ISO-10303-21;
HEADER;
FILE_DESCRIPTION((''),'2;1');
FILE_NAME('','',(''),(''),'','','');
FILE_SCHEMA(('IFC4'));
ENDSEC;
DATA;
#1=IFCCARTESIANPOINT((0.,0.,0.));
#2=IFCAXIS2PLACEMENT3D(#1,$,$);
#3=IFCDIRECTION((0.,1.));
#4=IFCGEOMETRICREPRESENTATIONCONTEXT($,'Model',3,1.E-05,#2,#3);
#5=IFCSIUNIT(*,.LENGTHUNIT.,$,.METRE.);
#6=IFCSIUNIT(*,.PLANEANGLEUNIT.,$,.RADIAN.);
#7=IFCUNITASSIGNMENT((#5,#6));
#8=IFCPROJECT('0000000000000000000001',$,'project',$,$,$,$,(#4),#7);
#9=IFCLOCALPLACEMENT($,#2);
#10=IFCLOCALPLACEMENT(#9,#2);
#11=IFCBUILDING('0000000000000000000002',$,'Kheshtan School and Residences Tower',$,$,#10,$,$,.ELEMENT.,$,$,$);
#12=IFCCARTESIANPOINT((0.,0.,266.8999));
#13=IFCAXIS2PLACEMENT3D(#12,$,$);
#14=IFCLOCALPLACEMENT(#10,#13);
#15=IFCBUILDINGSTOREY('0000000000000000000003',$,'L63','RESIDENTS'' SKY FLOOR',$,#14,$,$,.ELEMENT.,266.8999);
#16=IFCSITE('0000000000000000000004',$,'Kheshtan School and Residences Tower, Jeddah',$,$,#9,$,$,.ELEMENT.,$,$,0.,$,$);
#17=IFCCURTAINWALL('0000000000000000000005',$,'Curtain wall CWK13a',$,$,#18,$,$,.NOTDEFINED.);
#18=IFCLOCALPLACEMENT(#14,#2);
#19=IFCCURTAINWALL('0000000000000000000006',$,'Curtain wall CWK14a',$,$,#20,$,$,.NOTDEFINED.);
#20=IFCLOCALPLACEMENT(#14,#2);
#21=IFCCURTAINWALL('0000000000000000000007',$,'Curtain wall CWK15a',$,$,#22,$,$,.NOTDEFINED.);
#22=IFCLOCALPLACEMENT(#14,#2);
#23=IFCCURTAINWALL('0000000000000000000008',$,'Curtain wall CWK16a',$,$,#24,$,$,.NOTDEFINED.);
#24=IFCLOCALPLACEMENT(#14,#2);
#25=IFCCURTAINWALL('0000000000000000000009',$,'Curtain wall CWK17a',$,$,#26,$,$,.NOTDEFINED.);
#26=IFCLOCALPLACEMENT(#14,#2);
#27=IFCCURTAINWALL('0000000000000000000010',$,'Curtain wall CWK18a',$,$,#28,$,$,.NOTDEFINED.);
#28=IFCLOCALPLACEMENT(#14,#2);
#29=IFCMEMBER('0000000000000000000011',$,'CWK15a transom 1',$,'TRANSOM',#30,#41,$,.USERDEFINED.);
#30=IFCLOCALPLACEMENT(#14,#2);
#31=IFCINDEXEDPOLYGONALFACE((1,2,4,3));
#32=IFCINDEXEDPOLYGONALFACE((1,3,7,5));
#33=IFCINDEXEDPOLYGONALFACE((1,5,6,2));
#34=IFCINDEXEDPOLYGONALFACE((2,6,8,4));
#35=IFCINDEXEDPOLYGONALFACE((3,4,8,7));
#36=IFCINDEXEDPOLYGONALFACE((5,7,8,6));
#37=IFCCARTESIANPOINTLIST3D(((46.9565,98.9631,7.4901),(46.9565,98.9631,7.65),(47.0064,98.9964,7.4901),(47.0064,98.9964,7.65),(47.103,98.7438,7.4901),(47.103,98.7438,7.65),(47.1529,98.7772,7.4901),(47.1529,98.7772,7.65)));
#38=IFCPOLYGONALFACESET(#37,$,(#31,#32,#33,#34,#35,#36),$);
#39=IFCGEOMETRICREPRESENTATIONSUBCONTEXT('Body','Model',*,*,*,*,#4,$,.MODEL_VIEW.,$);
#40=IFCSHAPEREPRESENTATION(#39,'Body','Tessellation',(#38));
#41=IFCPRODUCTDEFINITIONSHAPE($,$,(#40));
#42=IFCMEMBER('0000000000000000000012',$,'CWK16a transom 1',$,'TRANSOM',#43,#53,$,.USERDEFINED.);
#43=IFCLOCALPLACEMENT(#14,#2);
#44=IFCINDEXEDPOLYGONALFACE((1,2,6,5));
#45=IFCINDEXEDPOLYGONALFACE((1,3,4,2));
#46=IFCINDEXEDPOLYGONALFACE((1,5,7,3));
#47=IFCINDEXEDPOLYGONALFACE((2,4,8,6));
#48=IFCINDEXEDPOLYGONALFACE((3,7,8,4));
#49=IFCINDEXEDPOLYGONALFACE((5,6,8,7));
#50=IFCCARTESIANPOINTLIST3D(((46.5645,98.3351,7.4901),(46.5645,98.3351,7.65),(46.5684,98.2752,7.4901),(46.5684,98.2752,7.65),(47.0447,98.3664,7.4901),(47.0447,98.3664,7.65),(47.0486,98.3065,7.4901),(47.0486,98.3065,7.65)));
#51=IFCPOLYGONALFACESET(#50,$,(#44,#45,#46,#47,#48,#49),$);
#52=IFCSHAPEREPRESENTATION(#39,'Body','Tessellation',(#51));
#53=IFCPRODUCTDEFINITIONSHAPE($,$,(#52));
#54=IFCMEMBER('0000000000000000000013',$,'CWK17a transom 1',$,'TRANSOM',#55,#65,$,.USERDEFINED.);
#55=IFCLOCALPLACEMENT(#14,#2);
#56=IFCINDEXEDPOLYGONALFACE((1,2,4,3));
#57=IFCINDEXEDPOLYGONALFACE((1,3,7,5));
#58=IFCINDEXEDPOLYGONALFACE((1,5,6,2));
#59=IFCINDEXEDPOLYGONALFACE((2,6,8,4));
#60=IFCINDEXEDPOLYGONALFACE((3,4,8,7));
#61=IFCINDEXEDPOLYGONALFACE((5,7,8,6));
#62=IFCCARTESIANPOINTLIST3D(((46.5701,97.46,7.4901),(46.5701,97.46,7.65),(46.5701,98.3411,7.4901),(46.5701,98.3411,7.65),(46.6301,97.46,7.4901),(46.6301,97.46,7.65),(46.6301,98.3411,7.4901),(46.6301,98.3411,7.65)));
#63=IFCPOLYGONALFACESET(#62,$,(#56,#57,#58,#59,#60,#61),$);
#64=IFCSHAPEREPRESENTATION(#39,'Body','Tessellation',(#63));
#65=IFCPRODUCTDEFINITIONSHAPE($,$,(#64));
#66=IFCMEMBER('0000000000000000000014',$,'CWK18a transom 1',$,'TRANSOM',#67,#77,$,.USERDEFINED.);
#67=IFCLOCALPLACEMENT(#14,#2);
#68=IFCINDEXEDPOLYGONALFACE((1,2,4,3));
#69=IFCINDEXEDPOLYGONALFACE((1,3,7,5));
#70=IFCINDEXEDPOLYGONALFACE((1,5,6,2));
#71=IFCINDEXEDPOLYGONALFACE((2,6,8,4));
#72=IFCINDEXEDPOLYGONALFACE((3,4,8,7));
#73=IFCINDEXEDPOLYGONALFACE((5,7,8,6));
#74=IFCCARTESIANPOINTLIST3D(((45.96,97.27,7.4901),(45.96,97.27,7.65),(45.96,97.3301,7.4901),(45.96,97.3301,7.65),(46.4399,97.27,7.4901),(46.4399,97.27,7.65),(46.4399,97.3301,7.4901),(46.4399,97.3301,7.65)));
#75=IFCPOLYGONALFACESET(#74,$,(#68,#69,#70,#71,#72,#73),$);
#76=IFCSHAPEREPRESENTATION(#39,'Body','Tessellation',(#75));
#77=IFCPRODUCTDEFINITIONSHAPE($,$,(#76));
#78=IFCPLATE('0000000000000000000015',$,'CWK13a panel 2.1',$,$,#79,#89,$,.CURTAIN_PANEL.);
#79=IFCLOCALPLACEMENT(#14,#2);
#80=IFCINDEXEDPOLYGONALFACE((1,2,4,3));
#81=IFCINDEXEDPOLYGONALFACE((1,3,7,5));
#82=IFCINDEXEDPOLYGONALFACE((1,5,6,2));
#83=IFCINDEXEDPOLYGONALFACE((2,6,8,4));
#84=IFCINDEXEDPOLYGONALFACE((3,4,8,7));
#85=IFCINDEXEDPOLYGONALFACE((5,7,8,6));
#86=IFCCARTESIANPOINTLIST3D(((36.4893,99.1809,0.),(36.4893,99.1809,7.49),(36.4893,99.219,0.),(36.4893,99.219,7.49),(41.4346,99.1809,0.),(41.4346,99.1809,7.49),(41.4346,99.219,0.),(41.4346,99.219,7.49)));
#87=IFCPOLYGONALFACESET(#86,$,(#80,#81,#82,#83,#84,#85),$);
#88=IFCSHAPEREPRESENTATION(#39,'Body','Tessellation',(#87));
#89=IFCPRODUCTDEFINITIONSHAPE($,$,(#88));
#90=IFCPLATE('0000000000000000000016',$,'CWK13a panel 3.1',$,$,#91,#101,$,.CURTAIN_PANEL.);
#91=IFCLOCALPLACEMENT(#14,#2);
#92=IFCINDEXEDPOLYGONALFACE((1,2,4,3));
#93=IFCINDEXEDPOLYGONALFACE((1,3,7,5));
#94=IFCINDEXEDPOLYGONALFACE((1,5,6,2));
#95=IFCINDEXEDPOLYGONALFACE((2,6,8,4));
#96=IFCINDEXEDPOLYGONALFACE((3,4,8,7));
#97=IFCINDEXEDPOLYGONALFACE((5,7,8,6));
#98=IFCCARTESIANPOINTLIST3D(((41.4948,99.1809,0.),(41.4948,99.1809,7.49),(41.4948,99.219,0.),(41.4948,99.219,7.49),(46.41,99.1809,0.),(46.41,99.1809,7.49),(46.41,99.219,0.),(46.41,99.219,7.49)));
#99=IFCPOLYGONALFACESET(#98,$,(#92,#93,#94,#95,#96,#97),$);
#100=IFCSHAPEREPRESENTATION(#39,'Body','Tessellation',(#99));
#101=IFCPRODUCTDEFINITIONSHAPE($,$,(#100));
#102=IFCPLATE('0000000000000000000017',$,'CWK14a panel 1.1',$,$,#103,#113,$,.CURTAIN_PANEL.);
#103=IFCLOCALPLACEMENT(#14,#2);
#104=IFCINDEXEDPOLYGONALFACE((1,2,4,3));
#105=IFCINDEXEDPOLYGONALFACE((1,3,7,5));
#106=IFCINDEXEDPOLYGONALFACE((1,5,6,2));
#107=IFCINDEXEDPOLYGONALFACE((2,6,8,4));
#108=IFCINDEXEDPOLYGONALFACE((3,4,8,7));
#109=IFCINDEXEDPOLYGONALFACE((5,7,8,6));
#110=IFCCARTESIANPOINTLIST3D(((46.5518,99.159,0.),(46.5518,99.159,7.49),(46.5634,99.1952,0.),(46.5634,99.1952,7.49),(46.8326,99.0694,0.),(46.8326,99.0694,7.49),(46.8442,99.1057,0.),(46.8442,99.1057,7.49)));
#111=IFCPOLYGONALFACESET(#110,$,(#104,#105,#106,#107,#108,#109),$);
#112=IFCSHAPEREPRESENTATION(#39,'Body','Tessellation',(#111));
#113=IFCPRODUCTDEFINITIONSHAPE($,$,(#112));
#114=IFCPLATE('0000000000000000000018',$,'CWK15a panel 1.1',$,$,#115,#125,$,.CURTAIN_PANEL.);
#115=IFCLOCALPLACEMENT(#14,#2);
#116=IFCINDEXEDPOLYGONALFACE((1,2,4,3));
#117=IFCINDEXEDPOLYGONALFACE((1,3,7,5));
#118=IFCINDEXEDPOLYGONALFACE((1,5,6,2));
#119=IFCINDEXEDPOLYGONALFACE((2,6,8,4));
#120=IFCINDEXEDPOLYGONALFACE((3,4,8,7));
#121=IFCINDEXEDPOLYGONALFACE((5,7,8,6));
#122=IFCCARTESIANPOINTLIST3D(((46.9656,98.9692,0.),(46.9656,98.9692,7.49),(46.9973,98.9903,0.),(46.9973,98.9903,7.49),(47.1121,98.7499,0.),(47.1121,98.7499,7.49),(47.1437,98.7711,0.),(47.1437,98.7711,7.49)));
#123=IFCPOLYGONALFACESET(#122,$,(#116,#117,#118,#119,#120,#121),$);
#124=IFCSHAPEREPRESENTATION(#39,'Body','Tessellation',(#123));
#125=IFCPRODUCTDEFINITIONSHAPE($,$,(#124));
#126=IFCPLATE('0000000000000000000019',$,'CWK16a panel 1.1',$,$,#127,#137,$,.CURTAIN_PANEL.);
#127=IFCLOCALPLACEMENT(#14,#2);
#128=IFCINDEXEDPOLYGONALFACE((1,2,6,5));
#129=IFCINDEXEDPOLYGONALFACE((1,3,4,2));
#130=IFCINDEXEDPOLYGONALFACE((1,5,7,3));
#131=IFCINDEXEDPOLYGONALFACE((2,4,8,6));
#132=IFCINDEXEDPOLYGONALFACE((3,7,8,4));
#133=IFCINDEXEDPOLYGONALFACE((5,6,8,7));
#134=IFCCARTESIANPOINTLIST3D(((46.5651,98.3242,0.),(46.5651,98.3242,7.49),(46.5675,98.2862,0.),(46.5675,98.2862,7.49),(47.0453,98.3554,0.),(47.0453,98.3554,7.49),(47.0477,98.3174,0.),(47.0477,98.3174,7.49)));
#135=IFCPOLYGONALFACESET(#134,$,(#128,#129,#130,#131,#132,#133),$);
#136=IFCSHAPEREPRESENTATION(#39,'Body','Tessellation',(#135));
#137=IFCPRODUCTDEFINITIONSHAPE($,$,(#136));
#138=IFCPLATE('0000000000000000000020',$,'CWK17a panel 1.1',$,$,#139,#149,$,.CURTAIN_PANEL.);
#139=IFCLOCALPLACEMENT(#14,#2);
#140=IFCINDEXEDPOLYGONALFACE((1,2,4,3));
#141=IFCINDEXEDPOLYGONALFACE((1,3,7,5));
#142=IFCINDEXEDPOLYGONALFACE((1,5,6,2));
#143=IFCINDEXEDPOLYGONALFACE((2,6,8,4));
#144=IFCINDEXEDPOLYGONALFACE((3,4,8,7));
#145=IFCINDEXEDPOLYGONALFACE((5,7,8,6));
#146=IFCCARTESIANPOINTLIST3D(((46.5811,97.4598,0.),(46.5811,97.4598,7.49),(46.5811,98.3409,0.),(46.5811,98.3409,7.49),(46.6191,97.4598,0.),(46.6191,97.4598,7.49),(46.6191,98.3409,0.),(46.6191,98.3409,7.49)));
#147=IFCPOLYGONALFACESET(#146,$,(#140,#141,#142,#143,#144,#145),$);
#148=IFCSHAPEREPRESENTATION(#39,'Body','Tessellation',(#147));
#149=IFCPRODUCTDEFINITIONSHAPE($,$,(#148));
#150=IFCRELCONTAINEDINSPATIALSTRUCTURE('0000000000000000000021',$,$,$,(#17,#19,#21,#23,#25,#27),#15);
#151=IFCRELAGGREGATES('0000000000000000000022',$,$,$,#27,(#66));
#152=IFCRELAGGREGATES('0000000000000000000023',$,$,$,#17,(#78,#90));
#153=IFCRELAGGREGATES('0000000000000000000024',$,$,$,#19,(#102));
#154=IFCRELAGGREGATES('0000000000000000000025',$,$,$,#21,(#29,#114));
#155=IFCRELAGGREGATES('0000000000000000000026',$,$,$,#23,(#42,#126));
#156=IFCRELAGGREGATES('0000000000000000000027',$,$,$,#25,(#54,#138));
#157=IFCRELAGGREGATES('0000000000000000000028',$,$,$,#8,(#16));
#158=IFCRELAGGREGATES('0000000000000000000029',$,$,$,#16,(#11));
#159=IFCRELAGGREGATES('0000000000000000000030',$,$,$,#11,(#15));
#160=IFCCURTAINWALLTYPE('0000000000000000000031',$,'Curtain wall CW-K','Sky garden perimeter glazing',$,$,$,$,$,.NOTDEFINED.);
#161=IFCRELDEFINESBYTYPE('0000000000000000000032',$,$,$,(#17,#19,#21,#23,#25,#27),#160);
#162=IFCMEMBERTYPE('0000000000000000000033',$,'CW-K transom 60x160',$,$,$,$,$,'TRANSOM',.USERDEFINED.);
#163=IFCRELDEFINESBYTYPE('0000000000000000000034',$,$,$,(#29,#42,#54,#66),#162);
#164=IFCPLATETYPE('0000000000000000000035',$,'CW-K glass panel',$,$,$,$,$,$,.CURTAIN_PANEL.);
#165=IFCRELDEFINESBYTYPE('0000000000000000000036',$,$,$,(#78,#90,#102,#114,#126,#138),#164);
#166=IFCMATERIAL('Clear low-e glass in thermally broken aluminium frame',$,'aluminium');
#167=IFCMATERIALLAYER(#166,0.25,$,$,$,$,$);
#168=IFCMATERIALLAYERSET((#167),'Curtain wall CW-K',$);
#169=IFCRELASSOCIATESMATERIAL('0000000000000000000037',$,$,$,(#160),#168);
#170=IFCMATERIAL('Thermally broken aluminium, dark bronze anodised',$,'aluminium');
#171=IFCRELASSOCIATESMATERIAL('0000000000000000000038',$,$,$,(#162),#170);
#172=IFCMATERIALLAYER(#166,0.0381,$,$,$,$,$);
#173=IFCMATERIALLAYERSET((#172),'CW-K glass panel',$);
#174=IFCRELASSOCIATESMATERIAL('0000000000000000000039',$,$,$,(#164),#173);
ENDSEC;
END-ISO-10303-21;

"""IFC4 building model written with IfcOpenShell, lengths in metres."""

from ifc_helpers import new_model, si_unit, direction, frame, origin, origin_2d, place, context, subcontext, project, spatial, rectangle, extrude, material, layer, layer_set, material_profile, profile_set, type_object, element, aggregate, save


model = new_model("IFC4")

# Units and contexts
model_context = context("Model", 3, precision=1e-05, world=origin(), true_north=direction((0.0, 1.0)))
body_context = subcontext(model_context, "Body", "Model", "MODEL_VIEW")
ifc_project = project(units=[si_unit("LENGTHUNIT", "METRE"), si_unit("PLANEANGLEUNIT", "RADIAN")], contexts=[model_context])

# Site, building, storey
site_placement = place(None, origin())
site = spatial("IfcSite", under=ifc_project, at=site_placement, Name="Kheshtan School and Residences Tower, Jeddah", CompositionType="ELEMENT", RefElevation=0.0)
building_placement = place(site_placement, origin())
building = spatial("IfcBuilding", under=site, at=building_placement, Name="Kheshtan School and Residences Tower", CompositionType="ELEMENT")
storey_placement = place(building_placement, frame((0.0, 0.0, 266.8999)))
storey = spatial("IfcBuildingStorey", under=building, at=storey_placement, Name="L63", Description="RESIDENTS' SKY FLOOR", CompositionType="ELEMENT", Elevation=266.8999)

# Curtain walls
ifc_material_1 = material(Name="Clear low-e glass in thermally broken aluminium frame", Category="aluminium")
ifc_material_2 = material(Name="Thermally broken aluminium, dark bronze anodised", Category="aluminium")
ifc_layer_1 = layer(ifc_material_1, 0.25)
ifc_layer_set_1 = layer_set([ifc_layer_1], Name="Curtain wall CW-K")
curtain_wall_type_1 = type_object("IfcCurtainWallType", Name="Curtain wall CW-K", Description="Sky garden perimeter glazing", PredefinedType="NOTDEFINED", material=ifc_layer_set_1)
curtain_wall_1_placement = place(storey_placement, origin())
curtain_wall_1 = element("IfcCurtainWall", 1, at=curtain_wall_1_placement, inside=storey, type_object=curtain_wall_type_1, Name="Curtain wall CWK13a", PredefinedType="NOTDEFINED")
curtain_wall_2_placement = place(storey_placement, origin())
curtain_wall_2 = element("IfcCurtainWall", 2, at=curtain_wall_2_placement, inside=storey, type_object=curtain_wall_type_1, Name="Curtain wall CWK14a", PredefinedType="NOTDEFINED")
curtain_wall_3_placement = place(storey_placement, origin())
curtain_wall_3 = element("IfcCurtainWall", 3, at=curtain_wall_3_placement, inside=storey, type_object=curtain_wall_type_1, Name="Curtain wall CWK15a", PredefinedType="NOTDEFINED")
curtain_wall_4_placement = place(storey_placement, origin())
curtain_wall_4 = element("IfcCurtainWall", 4, at=curtain_wall_4_placement, inside=storey, type_object=curtain_wall_type_1, Name="Curtain wall CWK16a", PredefinedType="NOTDEFINED")
curtain_wall_5_placement = place(storey_placement, origin())
curtain_wall_5 = element("IfcCurtainWall", 5, at=curtain_wall_5_placement, inside=storey, type_object=curtain_wall_type_1, Name="Curtain wall CWK17a", PredefinedType="NOTDEFINED")

# Curtain wall
curtain_wall_6_placement = place(storey_placement, origin())
curtain_wall_6 = element("IfcCurtainWall", 6, at=curtain_wall_6_placement, inside=storey, type_object=curtain_wall_type_1, Name="Curtain wall CWK18a", PredefinedType="NOTDEFINED")

# Members
ifc_material_profile_1 = material_profile(ifc_material_2, rectangle(XDim=0.0601, YDim=0.1599, at=origin_2d()), Name="CW-K transom 60x160")
ifc_profile_set_1 = profile_set([ifc_material_profile_1], Name="Thermally broken aluminium, dark bronze anodised")
member_type_1 = type_object("IfcMemberType", Name="CW-K transom 60x160", ElementType="TRANSOM", PredefinedType="USERDEFINED", material=ifc_profile_set_1)
member_1_placement = place(storey_placement, frame((46.9814, 98.9797, 7.5701), z_axis=(0.555555, -0.83148, 0.0), x_axis=(0.83148, 0.555555, 0.0)))
member_1 = element("IfcMember", 7, at=member_1_placement, type_object=member_type_1, Name="CWK15a transom 1", ObjectType="TRANSOM", PredefinedType="USERDEFINED", context=body_context, shape_type="SweptSolid", body=[
    extrude(rectangle(XDim=0.0601, YDim=0.1599, at=origin_2d()), origin(), (0.0, 0.0, 1.0), 0.2637),
])
member_2_placement = place(storey_placement, frame((47.0466, 98.3364, 7.5701), z_axis=(-0.997889, -0.064936, 0.0), x_axis=(0.064936, -0.997889, 0.0)))
member_2 = element("IfcMember", 8, at=member_2_placement, type_object=member_type_1, Name="CWK16a transom 1", ObjectType="TRANSOM", PredefinedType="USERDEFINED", context=body_context, shape_type="SweptSolid", body=[
    extrude(rectangle(XDim=0.0601, YDim=0.1599, at=origin_2d()), origin(), (0.0, 0.0, 1.0), 0.4812),
])
member_3_placement = place(storey_placement, frame((46.6001, 98.3411, 7.5701), z_axis=(0.0, -1.0, 0.0), x_axis=(1.0, 0.0, 0.0)))
member_3 = element("IfcMember", 9, at=member_3_placement, type_object=member_type_1, Name="CWK17a transom 1", ObjectType="TRANSOM", PredefinedType="USERDEFINED", context=body_context, shape_type="SweptSolid", body=[
    extrude(rectangle(XDim=0.0601, YDim=0.1599, at=origin_2d()), origin(), (0.0, 0.0, 1.0), 0.8811),
])
member_4_placement = place(storey_placement, frame((46.4399, 97.3, 7.5701), z_axis=(-1.0, 0.0, 0.0), x_axis=(0.0, -1.0, 0.0)))
member_4 = element("IfcMember", 10, at=member_4_placement, type_object=member_type_1, Name="CWK18a transom 1", ObjectType="TRANSOM", PredefinedType="USERDEFINED", context=body_context, shape_type="SweptSolid", body=[
    extrude(rectangle(XDim=0.0601, YDim=0.1599, at=origin_2d()), origin(), (0.0, 0.0, 1.0), 0.48),
])
aggregate(curtain_wall_6, [member_4])

# Plates
ifc_layer_2 = layer(ifc_material_1, 0.0381)
ifc_layer_set_2 = layer_set([ifc_layer_2], Name="CW-K glass panel")
plate_type = type_object("IfcPlateType", Name="CW-K glass panel", PredefinedType="CURTAIN_PANEL", material=ifc_layer_set_2)
plate_1_placement = place(storey_placement, frame((38.9619, 99.2, 0.0), z_axis=(0.0, 0.0, 1.0), x_axis=(1.0, 0.0, 0.0)))
plate_1 = element("IfcPlate", 11, at=plate_1_placement, type_object=plate_type, Name="CWK13a panel 2.1", PredefinedType="CURTAIN_PANEL", context=body_context, shape_type="SweptSolid", body=[
    extrude(rectangle(XDim=4.9453, YDim=0.0381, at=origin_2d()), origin(), (0.0, 0.0, 1.0), 7.49),
])
plate_2_placement = place(storey_placement, frame((43.9524, 99.2, 0.0), z_axis=(0.0, 0.0, 1.0), x_axis=(1.0, 0.0, 0.0)))
plate_2 = element("IfcPlate", 12, at=plate_2_placement, type_object=plate_type, Name="CWK13a panel 3.1", PredefinedType="CURTAIN_PANEL", context=body_context, shape_type="SweptSolid", body=[
    extrude(rectangle(XDim=4.9153, YDim=0.0381, at=origin_2d()), origin(), (0.0, 0.0, 1.0), 7.49),
])
aggregate(curtain_wall_1, [plate_1, plate_2])
plate_3_placement = place(storey_placement, frame((46.698, 99.1323, 0.0), z_axis=(0.0, 0.0, 1.0), x_axis=(0.952704, -0.3039, 0.0)))
plate_3 = element("IfcPlate", 13, at=plate_3_placement, type_object=plate_type, Name="CWK14a panel 1.1", PredefinedType="CURTAIN_PANEL", context=body_context, shape_type="SweptSolid", body=[
    extrude(rectangle(XDim=0.2947, YDim=0.0381, at=origin_2d()), origin(), (0.0, 0.0, 1.0), 7.49),
])
aggregate(curtain_wall_2, [plate_3])
plate_4_placement = place(storey_placement, frame((47.0547, 98.8701, 0.0), z_axis=(0.0, 0.0, 1.0), x_axis=(0.555302, -0.831649, 0.0)))
plate_4 = element("IfcPlate", 14, at=plate_4_placement, type_object=plate_type, Name="CWK15a panel 1.1", PredefinedType="CURTAIN_PANEL", context=body_context, shape_type="SweptSolid", body=[
    extrude(rectangle(XDim=0.2637, YDim=0.0381, at=origin_2d()), origin(), (0.0, 0.0, 1.0), 7.49),
])
aggregate(curtain_wall_3, [member_1, plate_4])
plate_5_placement = place(storey_placement, frame((46.8064, 98.3208, 0.0), z_axis=(0.0, 0.0, 1.0), x_axis=(-0.997894, -0.064863, 0.0)))
plate_5 = element("IfcPlate", 15, at=plate_5_placement, type_object=plate_type, Name="CWK16a panel 1.1", PredefinedType="CURTAIN_PANEL", context=body_context, shape_type="SweptSolid", body=[
    extrude(rectangle(XDim=0.4812, YDim=0.0381, at=origin_2d()), origin(), (0.0, 0.0, 1.0), 7.49),
])
aggregate(curtain_wall_4, [member_2, plate_5])
plate_6_placement = place(storey_placement, frame((46.6001, 97.9004, 0.0), z_axis=(0.0, 0.0, 1.0), x_axis=(0.0, -1.0, 0.0)))
plate_6 = element("IfcPlate", 16, at=plate_6_placement, type_object=plate_type, Name="CWK17a panel 1.1", PredefinedType="CURTAIN_PANEL", context=body_context, shape_type="SweptSolid", body=[
    extrude(rectangle(XDim=0.8811, YDim=0.0381, at=origin_2d()), origin(), (0.0, 0.0, 1.0), 7.49),
])
aggregate(curtain_wall_5, [member_3, plate_6])

save(model, "model.ifc")
